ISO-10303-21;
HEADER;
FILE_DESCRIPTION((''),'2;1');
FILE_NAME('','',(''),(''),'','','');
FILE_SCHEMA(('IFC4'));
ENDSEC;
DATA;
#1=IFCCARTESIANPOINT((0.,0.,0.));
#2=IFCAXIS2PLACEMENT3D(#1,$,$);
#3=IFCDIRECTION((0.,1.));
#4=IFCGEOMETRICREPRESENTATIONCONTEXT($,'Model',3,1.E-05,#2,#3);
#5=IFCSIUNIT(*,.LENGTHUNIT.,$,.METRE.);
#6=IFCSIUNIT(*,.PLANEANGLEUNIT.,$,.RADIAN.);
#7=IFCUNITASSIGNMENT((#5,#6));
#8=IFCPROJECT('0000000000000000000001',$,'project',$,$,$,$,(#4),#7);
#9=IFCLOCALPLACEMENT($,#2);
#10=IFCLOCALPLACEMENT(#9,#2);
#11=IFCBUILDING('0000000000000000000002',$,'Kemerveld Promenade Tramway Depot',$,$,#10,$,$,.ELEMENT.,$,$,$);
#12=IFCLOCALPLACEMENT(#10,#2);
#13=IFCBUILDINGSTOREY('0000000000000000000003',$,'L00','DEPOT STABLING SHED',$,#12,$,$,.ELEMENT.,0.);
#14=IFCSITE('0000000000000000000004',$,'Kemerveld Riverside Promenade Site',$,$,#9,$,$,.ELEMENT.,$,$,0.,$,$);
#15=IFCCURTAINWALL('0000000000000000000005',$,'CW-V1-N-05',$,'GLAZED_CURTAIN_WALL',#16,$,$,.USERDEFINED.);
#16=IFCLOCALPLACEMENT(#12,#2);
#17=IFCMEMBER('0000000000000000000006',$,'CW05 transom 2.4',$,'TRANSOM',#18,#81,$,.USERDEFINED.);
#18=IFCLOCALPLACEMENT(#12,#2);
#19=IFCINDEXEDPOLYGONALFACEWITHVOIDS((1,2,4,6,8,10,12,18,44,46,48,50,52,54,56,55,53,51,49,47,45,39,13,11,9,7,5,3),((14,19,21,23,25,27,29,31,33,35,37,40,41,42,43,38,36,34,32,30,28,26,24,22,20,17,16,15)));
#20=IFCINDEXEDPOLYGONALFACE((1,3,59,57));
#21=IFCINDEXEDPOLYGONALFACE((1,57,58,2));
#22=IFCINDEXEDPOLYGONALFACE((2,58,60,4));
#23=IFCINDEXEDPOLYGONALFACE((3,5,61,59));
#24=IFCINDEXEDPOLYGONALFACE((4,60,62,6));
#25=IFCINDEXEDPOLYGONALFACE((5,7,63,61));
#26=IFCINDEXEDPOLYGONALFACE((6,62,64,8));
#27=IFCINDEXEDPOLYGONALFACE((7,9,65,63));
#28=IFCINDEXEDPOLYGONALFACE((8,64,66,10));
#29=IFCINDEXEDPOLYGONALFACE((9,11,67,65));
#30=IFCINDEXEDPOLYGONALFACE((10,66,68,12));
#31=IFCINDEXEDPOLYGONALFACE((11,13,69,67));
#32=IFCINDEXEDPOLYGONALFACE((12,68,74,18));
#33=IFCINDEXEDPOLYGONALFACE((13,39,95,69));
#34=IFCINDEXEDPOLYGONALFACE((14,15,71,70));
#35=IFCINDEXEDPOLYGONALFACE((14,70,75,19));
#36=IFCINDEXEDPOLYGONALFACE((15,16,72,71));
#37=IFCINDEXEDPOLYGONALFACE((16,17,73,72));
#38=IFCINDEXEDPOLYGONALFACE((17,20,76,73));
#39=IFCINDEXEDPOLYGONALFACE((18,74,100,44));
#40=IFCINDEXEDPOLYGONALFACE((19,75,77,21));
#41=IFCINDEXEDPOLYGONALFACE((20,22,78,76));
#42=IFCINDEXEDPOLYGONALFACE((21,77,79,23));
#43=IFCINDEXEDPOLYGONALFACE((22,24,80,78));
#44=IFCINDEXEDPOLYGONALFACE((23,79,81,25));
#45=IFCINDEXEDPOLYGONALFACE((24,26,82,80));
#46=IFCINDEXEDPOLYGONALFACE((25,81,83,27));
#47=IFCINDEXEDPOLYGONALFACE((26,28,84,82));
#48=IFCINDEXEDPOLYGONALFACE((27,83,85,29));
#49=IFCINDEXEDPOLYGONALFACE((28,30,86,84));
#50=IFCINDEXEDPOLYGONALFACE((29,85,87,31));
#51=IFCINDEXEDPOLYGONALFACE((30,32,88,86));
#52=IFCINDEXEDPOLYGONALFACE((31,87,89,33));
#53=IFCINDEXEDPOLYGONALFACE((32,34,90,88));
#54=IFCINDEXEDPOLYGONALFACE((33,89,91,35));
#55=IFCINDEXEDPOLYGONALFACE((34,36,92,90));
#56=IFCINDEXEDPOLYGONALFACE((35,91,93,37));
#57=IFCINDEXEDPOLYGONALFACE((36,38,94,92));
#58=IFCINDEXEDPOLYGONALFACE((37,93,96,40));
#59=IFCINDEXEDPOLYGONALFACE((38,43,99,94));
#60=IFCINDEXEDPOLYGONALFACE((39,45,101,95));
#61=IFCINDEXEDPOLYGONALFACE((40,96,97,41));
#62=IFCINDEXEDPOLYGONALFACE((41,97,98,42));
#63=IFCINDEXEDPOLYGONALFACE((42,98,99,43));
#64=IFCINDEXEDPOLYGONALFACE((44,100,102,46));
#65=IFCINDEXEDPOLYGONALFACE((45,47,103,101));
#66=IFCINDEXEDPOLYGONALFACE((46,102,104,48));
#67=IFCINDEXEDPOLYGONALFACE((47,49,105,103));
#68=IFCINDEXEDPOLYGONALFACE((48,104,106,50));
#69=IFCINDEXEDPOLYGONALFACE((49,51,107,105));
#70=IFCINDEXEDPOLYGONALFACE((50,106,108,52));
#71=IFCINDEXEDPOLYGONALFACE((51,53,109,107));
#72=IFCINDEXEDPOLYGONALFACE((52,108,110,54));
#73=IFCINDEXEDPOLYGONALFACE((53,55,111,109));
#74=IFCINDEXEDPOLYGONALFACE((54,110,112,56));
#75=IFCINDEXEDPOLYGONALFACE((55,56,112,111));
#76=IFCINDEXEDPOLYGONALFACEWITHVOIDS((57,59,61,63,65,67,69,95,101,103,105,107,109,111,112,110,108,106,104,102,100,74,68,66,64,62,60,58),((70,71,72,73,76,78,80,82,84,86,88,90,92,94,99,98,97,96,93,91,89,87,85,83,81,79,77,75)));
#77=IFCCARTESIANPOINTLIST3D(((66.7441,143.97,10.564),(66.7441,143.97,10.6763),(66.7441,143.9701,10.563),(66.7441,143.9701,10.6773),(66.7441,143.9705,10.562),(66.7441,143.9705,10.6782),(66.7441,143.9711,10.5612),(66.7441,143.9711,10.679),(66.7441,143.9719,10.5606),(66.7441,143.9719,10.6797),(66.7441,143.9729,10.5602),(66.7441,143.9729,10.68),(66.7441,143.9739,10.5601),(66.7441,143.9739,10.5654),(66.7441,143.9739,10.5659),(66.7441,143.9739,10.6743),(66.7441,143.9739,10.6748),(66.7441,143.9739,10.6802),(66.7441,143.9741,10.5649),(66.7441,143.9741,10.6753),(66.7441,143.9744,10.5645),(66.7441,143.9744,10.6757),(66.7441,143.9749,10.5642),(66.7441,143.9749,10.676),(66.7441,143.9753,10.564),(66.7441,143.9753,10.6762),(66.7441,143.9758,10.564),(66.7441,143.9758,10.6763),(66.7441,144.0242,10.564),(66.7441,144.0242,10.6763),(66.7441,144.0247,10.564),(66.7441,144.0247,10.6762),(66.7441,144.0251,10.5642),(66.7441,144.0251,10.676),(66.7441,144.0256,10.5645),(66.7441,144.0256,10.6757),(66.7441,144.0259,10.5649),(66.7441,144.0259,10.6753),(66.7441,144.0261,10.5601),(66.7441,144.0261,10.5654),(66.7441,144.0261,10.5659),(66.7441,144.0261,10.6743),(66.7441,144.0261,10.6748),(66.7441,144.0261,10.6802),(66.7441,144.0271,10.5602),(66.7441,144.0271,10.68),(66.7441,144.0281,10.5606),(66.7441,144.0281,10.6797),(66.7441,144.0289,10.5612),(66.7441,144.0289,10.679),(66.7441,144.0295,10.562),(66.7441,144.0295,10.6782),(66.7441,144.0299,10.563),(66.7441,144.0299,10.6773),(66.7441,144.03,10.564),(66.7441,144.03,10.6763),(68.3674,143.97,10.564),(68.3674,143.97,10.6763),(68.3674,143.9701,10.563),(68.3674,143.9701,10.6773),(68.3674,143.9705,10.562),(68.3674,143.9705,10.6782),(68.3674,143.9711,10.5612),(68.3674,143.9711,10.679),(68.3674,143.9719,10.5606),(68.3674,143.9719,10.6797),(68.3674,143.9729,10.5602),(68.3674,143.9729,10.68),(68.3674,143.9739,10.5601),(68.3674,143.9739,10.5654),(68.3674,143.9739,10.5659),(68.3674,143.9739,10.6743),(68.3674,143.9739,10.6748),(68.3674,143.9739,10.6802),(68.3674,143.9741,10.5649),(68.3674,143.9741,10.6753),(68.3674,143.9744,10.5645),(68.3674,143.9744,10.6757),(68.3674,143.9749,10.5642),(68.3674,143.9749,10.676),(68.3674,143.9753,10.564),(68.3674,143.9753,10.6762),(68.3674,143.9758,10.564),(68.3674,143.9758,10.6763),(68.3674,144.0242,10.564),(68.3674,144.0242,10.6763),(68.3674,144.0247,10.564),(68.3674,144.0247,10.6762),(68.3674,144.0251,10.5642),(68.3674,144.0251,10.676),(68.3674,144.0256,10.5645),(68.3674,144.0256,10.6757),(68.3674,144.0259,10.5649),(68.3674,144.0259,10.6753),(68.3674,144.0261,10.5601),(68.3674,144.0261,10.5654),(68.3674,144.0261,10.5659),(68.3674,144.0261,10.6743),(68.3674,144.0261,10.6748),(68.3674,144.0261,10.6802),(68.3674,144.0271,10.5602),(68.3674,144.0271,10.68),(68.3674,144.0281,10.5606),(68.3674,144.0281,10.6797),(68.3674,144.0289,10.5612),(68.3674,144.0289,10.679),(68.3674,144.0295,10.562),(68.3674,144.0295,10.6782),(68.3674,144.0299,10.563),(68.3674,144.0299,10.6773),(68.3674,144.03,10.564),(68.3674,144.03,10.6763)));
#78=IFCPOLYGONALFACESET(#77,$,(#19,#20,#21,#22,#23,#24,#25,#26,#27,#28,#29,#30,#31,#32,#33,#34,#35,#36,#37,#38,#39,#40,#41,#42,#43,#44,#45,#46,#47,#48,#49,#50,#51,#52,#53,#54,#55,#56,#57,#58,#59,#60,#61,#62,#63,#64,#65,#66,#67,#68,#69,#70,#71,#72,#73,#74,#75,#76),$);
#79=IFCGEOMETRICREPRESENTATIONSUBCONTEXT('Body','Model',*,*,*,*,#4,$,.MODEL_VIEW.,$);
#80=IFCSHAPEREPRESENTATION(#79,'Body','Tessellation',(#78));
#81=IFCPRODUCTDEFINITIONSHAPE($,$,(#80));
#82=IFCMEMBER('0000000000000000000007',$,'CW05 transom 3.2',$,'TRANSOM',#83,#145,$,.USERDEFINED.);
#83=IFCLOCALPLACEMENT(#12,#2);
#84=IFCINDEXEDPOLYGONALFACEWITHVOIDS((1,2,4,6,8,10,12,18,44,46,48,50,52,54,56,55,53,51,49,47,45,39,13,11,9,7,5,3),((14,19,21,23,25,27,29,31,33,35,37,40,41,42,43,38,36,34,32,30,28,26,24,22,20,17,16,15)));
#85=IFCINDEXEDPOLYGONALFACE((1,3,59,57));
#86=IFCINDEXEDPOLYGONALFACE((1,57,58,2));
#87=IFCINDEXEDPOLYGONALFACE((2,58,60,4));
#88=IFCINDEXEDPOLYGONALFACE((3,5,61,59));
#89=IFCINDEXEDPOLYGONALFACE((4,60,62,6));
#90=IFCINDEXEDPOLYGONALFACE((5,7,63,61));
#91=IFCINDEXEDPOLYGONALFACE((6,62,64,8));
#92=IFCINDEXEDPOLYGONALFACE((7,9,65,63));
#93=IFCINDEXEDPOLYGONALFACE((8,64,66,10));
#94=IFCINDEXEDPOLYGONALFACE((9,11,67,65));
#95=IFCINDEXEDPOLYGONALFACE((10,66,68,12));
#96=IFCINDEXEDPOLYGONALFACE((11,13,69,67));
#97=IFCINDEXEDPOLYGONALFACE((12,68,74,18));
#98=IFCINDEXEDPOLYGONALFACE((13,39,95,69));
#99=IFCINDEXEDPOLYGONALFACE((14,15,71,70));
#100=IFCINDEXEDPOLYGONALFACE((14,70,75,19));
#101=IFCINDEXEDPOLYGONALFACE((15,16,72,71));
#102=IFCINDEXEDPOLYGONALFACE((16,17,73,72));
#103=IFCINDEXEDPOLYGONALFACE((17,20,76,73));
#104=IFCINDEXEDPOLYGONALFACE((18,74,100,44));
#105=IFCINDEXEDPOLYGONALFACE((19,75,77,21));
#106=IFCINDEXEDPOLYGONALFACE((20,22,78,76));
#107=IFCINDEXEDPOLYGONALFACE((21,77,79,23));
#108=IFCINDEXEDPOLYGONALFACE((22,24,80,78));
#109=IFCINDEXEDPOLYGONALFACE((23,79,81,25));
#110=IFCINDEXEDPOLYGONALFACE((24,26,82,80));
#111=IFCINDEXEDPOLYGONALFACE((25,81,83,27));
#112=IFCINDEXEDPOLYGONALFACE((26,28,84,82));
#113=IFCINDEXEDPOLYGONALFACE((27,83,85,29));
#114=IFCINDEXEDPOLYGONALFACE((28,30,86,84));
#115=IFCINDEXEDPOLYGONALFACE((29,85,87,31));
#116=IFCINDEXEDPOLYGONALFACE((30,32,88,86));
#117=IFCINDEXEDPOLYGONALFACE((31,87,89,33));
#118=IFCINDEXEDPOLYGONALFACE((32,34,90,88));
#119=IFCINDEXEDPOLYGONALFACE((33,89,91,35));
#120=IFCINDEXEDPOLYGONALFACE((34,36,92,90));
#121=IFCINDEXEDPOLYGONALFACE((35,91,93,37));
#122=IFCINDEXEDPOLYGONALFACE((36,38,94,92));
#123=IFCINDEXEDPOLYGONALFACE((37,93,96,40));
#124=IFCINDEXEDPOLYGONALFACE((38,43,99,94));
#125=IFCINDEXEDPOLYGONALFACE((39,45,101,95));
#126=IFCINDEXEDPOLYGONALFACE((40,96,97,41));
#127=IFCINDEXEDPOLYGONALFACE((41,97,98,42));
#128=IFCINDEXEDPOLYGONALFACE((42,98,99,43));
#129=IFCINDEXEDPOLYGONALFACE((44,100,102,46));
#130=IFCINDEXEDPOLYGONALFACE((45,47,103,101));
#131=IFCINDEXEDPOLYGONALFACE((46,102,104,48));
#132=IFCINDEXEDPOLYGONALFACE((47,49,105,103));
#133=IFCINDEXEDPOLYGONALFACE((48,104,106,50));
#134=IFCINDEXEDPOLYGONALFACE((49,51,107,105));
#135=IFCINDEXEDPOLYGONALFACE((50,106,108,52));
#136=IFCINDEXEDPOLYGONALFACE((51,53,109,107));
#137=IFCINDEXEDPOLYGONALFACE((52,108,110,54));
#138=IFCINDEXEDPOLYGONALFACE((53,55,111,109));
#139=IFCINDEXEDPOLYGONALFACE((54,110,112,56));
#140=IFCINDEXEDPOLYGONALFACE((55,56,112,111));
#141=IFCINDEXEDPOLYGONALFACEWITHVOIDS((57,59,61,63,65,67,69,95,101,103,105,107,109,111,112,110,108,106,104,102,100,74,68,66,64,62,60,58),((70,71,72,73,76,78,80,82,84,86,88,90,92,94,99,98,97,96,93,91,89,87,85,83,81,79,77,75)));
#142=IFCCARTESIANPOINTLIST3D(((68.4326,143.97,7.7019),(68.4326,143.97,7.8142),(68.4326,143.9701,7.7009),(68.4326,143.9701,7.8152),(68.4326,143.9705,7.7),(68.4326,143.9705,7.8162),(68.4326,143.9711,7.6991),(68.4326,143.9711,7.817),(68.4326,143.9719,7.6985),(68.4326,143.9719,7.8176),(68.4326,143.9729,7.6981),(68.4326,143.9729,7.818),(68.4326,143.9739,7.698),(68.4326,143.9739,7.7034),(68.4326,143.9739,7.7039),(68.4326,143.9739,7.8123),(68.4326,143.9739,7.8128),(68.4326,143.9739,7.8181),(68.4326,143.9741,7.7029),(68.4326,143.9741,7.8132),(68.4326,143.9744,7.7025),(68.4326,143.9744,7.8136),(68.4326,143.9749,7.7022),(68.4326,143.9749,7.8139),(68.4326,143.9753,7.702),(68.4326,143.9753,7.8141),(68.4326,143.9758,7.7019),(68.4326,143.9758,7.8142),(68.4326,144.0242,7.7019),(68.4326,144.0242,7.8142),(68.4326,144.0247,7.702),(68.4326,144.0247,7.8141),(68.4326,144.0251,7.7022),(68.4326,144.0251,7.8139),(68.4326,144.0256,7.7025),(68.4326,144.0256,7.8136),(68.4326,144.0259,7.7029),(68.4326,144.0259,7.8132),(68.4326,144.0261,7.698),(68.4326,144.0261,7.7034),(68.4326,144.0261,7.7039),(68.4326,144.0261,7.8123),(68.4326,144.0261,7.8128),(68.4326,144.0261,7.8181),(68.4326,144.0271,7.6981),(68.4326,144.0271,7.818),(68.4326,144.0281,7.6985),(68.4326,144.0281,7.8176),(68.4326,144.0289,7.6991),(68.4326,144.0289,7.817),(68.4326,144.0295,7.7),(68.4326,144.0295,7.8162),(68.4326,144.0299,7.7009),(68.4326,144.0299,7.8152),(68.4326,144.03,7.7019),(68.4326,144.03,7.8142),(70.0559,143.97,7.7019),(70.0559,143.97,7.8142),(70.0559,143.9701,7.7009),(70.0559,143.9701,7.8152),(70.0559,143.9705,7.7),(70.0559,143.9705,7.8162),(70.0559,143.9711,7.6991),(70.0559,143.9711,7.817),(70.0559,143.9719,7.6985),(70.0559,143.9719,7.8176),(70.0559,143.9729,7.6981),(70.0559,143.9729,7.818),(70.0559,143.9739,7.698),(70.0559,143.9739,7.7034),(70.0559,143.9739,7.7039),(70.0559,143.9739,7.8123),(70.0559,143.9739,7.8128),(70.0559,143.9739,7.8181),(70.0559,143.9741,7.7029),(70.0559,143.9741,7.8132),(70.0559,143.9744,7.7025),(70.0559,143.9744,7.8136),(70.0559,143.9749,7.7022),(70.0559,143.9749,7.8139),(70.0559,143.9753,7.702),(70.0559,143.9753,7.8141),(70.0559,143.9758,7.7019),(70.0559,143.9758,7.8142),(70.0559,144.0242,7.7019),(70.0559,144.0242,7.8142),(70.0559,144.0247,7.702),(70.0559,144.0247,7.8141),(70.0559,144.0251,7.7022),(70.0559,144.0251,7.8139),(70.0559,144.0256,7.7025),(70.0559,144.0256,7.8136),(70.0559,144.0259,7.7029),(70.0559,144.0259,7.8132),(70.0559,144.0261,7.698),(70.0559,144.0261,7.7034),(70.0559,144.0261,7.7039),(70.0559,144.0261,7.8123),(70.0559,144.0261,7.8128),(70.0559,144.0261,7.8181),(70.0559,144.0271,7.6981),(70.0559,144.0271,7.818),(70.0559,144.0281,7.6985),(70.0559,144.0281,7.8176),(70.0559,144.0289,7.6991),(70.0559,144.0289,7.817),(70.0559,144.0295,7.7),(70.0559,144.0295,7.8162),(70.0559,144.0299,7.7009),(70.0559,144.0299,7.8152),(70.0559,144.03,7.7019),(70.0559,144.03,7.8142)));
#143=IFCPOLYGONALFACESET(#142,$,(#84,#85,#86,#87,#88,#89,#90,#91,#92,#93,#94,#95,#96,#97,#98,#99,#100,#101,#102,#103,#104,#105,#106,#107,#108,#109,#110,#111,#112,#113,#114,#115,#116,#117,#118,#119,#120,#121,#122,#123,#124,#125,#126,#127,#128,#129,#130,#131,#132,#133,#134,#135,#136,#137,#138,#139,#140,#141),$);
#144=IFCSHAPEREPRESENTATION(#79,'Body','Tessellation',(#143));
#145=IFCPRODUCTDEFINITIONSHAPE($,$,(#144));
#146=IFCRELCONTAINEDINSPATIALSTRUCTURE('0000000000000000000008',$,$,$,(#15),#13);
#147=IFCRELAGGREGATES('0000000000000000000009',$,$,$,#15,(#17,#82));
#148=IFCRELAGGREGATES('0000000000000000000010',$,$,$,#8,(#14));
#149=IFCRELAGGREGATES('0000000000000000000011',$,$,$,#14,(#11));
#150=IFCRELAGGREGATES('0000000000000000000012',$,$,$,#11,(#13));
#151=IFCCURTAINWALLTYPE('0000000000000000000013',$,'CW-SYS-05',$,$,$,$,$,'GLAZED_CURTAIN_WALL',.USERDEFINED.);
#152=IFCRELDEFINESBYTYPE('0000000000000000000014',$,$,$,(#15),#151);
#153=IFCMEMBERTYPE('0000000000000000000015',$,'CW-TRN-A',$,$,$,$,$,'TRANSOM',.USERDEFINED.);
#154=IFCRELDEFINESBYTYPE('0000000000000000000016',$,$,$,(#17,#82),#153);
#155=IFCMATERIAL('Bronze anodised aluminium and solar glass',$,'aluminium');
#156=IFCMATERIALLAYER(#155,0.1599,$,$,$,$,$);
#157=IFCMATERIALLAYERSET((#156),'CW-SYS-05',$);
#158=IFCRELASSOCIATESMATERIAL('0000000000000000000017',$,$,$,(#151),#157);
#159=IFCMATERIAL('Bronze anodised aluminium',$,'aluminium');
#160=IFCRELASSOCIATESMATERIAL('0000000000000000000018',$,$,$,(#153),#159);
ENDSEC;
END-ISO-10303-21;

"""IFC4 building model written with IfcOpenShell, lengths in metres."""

from ifc_helpers import new_model, si_unit, direction, frame, origin, origin_2d, place, context, subcontext, project, spatial, hollow_rectangle, extrude, material, layer, layer_set, material_profile, profile_set, type_object, element, aggregate, save


model = new_model("IFC4")

# Units and contexts
model_context = context("Model", 3, precision=1e-05, world=origin(), true_north=direction((0.0, 1.0)))
body_context = subcontext(model_context, "Body", "Model", "MODEL_VIEW")
ifc_project = project(units=[si_unit("LENGTHUNIT", "METRE"), si_unit("PLANEANGLEUNIT", "RADIAN")], contexts=[model_context])

# Site, building, storey
site_placement = place(None, origin())
site = spatial("IfcSite", under=ifc_project, at=site_placement, Name="Kemerveld Riverside Promenade Site", CompositionType="ELEMENT", RefElevation=0.0)
building_placement = place(site_placement, origin())
building = spatial("IfcBuilding", under=site, at=building_placement, Name="Kemerveld Promenade Tramway Depot", CompositionType="ELEMENT")
storey_placement = place(building_placement, origin())
storey = spatial("IfcBuildingStorey", under=building, at=storey_placement, Name="L00", Description="DEPOT STABLING SHED", CompositionType="ELEMENT", Elevation=0.0)

# Curtain wall, members
ifc_material_1 = material(Name="Bronze anodised aluminium and solar glass", Category="aluminium")
ifc_layer_1 = layer(ifc_material_1, 0.1599)
ifc_layer_set_1 = layer_set([ifc_layer_1], Name="CW-SYS-05")
curtain_wall_type_1 = type_object("IfcCurtainWallType", Name="CW-SYS-05", ElementType="GLAZED_CURTAIN_WALL", PredefinedType="USERDEFINED", material=ifc_layer_set_1)
curtain_wall_1_placement = place(storey_placement, origin())
curtain_wall_1 = element("IfcCurtainWall", 1, at=curtain_wall_1_placement, inside=storey, type_object=curtain_wall_type_1, Name="CW-V1-N-05", ObjectType="GLAZED_CURTAIN_WALL", PredefinedType="USERDEFINED")
ifc_material_2 = material(Name="Bronze anodised aluminium", Category="aluminium")
ifc_material_profile_1 = material_profile(ifc_material_2, hollow_rectangle(XDim=0.0601, YDim=0.1201, WallThickness=0.0039, InnerFilletRadius=0.002, OuterFilletRadius=0.0039, at=origin_2d()), Name="CW-TRN-120x60")
ifc_profile_set_1 = profile_set([ifc_material_profile_1], Name="Bronze anodised aluminium")
member_type_1 = type_object("IfcMemberType", Name="CW-TRN-A", ElementType="TRANSOM", PredefinedType="USERDEFINED", material=ifc_profile_set_1)
member_1_placement = place(storey_placement, frame((66.7441, 144.0, 10.6201), z_axis=(1.0, 0.0, 0.0), x_axis=(0.0, 1.0, 0.0)))
member_1 = element("IfcMember", 2, at=member_1_placement, type_object=member_type_1, Name="CW05 transom 2.4", ObjectType="TRANSOM", PredefinedType="USERDEFINED", context=body_context, shape_type="SweptSolid", body=[
    extrude(hollow_rectangle(XDim=0.0601, YDim=0.1201, WallThickness=0.0039, InnerFilletRadius=0.002, OuterFilletRadius=0.0039, at=origin_2d()), origin(), (0.0, 0.0, 1.0), 1.6233),
])
member_2_placement = place(storey_placement, frame((68.4326, 144.0, 7.7581), z_axis=(1.0, 0.0, 0.0), x_axis=(0.0, 1.0, 0.0)))
member_2 = element("IfcMember", 3, at=member_2_placement, type_object=member_type_1, Name="CW05 transom 3.2", ObjectType="TRANSOM", PredefinedType="USERDEFINED", context=body_context, shape_type="SweptSolid", body=[
    extrude(hollow_rectangle(XDim=0.0601, YDim=0.1201, WallThickness=0.0039, InnerFilletRadius=0.002, OuterFilletRadius=0.0039, at=origin_2d()), origin(), (0.0, 0.0, 1.0), 1.6233),
])

aggregate(curtain_wall_1, [member_1, member_2])

save(model, "model.ifc")
